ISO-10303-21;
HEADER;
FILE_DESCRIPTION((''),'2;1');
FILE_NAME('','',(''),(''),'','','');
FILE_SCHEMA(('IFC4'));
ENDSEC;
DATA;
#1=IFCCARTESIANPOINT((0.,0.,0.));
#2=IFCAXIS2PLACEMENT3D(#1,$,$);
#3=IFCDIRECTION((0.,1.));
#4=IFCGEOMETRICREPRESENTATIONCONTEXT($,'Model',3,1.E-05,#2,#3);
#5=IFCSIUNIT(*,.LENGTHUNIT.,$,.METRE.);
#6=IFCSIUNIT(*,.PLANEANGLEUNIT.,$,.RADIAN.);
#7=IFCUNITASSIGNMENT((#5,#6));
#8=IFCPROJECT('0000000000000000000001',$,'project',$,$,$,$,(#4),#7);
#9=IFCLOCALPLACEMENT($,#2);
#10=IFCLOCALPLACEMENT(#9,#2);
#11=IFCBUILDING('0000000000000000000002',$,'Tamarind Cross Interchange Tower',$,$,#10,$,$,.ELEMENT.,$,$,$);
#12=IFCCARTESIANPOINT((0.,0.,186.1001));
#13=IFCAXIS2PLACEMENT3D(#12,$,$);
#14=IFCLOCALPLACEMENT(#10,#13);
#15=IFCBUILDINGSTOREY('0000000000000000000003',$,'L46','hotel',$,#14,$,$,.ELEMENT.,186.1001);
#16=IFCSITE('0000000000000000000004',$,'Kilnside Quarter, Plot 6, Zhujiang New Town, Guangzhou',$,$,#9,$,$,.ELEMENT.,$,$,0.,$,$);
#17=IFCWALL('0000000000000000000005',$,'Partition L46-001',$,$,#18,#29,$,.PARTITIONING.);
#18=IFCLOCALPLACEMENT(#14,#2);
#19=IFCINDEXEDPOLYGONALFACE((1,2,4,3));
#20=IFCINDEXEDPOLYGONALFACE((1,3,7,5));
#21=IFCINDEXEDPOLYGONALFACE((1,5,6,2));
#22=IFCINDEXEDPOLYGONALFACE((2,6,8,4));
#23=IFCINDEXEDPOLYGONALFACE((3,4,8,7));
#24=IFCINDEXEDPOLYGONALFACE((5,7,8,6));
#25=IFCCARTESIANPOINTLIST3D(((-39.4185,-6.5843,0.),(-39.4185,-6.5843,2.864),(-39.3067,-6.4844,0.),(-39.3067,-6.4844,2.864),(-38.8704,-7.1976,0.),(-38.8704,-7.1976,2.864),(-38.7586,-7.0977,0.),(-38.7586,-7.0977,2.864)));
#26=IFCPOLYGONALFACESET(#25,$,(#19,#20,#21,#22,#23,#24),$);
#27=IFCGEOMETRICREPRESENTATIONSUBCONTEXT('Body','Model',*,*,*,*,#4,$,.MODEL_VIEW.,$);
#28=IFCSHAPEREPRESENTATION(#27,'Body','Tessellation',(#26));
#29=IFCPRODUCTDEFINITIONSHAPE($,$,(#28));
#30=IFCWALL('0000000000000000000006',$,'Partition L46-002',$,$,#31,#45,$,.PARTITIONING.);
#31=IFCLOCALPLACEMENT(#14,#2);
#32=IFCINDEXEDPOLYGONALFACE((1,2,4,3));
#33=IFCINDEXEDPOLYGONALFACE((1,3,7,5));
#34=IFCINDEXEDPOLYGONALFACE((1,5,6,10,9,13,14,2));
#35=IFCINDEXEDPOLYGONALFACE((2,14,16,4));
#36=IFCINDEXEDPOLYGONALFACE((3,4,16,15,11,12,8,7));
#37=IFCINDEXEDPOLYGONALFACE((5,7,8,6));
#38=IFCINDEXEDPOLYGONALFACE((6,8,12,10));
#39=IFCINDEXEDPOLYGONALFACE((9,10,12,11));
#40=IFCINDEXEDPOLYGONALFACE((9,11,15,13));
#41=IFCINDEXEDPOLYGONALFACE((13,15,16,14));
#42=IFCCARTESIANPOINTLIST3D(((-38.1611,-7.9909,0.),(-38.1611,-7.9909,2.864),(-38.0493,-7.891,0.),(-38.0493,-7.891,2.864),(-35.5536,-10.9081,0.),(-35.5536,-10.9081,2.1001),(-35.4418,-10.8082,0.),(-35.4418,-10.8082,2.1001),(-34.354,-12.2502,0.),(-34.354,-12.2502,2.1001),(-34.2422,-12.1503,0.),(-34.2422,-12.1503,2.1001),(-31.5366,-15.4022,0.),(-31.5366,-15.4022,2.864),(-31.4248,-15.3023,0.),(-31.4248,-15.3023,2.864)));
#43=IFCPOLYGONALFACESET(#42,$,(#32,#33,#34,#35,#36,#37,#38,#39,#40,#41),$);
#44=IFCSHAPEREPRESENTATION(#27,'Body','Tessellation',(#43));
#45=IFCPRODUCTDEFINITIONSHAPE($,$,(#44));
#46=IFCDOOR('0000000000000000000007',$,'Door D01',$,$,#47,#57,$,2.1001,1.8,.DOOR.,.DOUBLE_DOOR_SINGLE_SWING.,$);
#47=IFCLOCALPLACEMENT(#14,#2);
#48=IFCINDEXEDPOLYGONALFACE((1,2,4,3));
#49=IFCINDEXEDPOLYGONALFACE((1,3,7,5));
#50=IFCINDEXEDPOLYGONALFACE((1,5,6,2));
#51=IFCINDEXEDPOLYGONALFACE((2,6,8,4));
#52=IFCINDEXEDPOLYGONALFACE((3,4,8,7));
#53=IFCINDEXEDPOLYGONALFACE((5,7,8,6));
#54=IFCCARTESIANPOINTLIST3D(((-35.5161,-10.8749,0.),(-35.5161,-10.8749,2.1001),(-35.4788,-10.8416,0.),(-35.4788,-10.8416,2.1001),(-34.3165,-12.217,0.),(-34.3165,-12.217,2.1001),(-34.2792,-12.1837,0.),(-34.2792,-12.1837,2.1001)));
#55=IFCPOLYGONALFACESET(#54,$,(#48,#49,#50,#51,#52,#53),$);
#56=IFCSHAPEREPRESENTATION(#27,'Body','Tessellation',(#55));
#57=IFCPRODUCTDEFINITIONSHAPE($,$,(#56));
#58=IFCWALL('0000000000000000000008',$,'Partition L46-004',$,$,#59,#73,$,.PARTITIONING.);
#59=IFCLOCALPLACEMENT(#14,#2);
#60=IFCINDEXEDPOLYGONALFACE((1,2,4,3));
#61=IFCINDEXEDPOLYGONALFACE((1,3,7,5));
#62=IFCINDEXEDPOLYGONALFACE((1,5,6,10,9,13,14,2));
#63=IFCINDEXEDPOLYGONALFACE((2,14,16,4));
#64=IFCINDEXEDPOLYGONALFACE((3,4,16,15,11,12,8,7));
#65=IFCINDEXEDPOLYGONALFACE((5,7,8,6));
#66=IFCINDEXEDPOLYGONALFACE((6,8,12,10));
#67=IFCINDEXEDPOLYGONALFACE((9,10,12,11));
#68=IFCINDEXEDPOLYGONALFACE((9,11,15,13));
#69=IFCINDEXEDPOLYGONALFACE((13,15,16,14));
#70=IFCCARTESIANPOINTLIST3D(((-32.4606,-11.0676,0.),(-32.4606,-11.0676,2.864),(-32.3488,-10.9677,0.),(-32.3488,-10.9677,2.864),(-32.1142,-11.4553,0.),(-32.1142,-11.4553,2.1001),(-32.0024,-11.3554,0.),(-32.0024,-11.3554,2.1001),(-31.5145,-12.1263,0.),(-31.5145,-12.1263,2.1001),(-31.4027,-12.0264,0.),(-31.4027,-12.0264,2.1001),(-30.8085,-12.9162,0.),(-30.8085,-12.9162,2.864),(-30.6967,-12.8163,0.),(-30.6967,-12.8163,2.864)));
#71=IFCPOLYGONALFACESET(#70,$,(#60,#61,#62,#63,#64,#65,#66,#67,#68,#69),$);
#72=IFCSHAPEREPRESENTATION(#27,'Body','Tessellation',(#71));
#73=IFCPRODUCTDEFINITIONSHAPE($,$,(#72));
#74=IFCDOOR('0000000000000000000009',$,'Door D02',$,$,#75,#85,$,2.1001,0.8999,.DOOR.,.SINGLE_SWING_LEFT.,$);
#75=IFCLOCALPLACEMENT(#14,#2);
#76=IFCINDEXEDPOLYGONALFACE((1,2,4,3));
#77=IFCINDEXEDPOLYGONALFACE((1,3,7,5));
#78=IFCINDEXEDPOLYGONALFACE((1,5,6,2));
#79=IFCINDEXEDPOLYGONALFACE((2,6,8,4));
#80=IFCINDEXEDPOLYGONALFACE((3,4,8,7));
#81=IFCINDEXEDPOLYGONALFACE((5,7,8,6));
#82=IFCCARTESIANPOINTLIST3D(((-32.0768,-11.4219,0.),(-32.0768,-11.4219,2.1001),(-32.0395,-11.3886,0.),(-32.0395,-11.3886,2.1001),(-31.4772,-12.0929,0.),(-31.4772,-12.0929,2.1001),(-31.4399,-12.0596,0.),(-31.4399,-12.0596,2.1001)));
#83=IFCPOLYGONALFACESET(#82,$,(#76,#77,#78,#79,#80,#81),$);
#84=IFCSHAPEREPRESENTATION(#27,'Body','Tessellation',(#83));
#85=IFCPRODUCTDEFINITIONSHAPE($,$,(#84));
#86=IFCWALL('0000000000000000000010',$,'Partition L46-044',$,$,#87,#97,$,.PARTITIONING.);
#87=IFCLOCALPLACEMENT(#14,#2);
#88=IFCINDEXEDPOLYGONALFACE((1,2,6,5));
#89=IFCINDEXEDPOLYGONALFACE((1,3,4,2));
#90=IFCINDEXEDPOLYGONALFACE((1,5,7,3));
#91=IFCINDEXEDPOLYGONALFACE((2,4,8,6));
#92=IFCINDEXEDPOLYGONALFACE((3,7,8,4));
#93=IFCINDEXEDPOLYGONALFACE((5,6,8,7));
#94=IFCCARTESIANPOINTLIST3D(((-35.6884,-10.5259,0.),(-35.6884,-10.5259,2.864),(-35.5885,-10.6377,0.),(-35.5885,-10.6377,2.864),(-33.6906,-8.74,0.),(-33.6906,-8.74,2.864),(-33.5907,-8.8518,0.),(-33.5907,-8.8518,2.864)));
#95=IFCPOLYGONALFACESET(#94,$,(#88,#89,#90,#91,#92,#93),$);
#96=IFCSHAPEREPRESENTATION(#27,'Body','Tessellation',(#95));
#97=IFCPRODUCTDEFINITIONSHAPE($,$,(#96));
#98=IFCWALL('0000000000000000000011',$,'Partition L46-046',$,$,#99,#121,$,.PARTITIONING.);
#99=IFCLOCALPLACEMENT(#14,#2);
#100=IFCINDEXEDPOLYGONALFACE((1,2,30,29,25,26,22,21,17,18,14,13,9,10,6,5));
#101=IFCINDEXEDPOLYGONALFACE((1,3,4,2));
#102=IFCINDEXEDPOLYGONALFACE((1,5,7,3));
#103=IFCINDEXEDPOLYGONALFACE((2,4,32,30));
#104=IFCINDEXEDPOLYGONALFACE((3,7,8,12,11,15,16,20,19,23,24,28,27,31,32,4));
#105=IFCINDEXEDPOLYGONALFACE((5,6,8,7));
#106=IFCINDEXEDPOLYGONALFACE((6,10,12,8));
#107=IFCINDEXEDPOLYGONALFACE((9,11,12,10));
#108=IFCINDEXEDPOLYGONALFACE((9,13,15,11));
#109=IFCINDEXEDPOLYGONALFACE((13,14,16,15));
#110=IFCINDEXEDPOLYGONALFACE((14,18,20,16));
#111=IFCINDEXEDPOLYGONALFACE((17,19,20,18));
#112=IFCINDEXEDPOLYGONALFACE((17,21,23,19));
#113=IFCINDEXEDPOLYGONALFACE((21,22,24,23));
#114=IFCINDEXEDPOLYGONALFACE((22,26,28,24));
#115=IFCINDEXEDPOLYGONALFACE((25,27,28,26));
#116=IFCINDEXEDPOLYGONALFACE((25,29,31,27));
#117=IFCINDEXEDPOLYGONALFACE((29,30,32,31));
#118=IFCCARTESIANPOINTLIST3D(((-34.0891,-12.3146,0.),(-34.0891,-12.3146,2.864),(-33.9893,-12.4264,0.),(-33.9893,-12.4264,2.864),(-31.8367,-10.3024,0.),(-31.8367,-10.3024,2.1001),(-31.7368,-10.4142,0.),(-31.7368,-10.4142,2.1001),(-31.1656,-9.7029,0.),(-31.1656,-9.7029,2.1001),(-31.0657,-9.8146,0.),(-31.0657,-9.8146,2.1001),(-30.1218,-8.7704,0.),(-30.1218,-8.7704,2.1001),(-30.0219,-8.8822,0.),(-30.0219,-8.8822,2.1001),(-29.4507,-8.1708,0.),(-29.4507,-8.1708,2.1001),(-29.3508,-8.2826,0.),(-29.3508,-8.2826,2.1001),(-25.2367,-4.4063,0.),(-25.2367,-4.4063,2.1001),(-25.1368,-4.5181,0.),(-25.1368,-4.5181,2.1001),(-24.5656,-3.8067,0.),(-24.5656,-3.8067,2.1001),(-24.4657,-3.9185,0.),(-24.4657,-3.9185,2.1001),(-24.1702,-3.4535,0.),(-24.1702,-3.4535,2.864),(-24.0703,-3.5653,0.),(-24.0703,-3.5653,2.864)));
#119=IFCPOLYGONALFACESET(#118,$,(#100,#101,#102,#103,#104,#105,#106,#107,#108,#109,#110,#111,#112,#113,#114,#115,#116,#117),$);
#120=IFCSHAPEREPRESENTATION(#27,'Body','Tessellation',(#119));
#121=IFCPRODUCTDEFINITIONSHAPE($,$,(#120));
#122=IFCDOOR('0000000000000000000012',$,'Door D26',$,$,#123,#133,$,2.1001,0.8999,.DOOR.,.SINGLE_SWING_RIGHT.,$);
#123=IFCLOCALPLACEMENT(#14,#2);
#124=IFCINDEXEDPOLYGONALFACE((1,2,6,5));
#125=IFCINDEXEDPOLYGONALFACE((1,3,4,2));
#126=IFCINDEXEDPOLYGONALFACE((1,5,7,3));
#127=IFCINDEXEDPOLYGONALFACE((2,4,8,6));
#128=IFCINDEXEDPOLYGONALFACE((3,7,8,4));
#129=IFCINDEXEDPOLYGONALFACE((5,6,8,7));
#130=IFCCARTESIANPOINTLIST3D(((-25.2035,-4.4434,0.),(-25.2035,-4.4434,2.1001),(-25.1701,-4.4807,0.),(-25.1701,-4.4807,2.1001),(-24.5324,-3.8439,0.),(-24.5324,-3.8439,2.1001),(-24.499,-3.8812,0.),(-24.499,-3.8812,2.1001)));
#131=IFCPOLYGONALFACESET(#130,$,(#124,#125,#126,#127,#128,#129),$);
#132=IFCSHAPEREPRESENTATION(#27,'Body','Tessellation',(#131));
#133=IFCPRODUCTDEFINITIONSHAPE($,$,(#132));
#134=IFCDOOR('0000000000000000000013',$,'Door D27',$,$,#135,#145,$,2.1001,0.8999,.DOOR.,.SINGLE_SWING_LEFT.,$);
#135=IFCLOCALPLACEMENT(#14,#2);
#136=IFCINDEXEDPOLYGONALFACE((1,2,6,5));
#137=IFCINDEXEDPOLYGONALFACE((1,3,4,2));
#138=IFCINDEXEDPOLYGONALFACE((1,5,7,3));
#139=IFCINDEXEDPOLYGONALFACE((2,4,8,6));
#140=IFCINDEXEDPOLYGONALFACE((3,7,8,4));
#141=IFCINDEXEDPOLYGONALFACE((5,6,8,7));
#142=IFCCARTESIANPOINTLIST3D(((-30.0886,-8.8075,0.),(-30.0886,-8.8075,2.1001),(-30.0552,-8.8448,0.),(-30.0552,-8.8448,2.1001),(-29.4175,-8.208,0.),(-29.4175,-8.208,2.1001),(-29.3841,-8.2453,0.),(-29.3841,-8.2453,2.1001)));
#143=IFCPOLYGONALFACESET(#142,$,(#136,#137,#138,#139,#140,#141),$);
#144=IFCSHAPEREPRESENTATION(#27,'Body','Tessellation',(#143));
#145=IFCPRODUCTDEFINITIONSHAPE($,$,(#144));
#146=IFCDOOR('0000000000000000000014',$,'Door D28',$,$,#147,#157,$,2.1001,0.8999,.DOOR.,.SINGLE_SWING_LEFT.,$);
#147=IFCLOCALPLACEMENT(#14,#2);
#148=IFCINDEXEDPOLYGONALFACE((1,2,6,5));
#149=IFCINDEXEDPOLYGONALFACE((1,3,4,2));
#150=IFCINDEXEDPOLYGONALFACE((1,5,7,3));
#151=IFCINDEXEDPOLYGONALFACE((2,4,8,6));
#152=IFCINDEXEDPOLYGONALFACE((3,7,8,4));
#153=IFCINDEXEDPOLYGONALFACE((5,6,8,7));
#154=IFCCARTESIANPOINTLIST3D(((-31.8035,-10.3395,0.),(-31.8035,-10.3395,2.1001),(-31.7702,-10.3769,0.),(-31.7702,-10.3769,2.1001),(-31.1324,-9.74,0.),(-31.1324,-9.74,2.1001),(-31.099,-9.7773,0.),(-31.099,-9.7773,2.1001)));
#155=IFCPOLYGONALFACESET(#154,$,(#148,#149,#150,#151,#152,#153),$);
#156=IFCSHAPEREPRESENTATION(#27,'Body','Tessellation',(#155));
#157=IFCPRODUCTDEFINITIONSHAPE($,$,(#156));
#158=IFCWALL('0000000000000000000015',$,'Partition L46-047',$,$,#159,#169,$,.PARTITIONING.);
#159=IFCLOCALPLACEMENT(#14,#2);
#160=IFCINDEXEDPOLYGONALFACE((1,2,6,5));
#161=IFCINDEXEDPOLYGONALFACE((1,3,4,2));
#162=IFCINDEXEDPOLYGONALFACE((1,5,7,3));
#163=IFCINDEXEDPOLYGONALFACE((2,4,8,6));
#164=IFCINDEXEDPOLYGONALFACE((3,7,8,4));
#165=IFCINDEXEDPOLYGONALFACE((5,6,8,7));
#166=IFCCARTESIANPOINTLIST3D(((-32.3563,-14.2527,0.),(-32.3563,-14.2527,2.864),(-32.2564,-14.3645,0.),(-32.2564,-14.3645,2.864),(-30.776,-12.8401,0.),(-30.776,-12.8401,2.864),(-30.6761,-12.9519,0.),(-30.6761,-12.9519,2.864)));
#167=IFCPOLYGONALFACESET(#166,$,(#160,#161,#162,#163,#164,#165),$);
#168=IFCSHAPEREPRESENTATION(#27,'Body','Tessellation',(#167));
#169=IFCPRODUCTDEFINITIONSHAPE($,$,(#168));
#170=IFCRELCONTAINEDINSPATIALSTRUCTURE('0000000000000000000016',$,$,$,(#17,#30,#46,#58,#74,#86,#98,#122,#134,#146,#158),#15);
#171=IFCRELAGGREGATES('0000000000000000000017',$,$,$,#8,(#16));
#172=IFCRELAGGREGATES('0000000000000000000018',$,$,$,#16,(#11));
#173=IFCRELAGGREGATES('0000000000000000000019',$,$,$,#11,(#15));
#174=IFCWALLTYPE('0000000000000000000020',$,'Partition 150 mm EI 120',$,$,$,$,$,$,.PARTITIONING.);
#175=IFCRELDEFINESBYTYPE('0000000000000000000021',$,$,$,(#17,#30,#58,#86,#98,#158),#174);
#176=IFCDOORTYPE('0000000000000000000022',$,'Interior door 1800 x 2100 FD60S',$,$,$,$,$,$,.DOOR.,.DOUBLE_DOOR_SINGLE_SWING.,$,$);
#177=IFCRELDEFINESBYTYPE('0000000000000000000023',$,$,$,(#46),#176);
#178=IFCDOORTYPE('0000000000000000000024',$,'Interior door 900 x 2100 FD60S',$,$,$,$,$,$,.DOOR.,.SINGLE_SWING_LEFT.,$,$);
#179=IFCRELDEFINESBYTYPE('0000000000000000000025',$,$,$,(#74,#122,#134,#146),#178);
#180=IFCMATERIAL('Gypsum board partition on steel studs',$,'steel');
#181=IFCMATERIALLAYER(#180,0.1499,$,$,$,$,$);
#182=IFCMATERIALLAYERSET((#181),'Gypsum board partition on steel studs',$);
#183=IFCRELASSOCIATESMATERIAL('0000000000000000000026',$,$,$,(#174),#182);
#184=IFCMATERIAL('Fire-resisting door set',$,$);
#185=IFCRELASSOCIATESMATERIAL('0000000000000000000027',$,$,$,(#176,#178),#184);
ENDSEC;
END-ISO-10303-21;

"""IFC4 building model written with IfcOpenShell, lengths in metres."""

from ifc_helpers import new_model, si_unit, direction, frame, frame_2d, origin, place, context, subcontext, project, spatial, rectangle, extrude, material, layer, layer_set, type_object, element, fill, save


model = new_model("IFC4")

# Units and contexts
model_context = context("Model", 3, precision=1e-05, world=origin(), true_north=direction((0.0, 1.0)))
body_context = subcontext(model_context, "Body", "Model", "MODEL_VIEW")
ifc_project = project(units=[si_unit("LENGTHUNIT", "METRE"), si_unit("PLANEANGLEUNIT", "RADIAN")], contexts=[model_context])

# Site, building, storey
site_placement = place(None, origin())
site = spatial("IfcSite", under=ifc_project, at=site_placement, Name="Kilnside Quarter, Plot 6, Zhujiang New Town, Guangzhou", CompositionType="ELEMENT", RefElevation=0.0)
building_placement = place(site_placement, origin())
building = spatial("IfcBuilding", under=site, at=building_placement, Name="Tamarind Cross Interchange Tower", CompositionType="ELEMENT")
storey_placement = place(building_placement, frame((0.0, 0.0, 186.1001)))
storey = spatial("IfcBuildingStorey", under=building, at=storey_placement, Name="L46", Description="hotel", CompositionType="ELEMENT", Elevation=186.1001)

# Wall
ifc_material_1 = material(Name="Gypsum board partition on steel studs", Category="steel")
ifc_layer_1 = layer(ifc_material_1, 0.1499)
ifc_layer_set_1 = layer_set([ifc_layer_1], Name="Gypsum board partition on steel studs")
wall_type = type_object("IfcWallType", Name="Partition 150 mm EI 120", PredefinedType="PARTITIONING", material=ifc_layer_set_1)
wall_1_placement = place(storey_placement, frame((-39.3625, -6.5344, 0.0), z_axis=(0.0, 0.0, 1.0), x_axis=(0.66637, -0.745622, 0.0)))
element("IfcWall", 1, at=wall_1_placement, inside=storey, type_object=wall_type, Name="Partition L46-001", PredefinedType="PARTITIONING", context=body_context, shape_type="SweptSolid", body=[
    extrude(rectangle(XDim=0.8225, YDim=0.1499, at=frame_2d((0.4111, 0.0))), origin(), (0.0, 0.0, 1.0), 2.864),
])

# Walls, openings, doors
wall_2_placement = place(storey_placement, frame((-38.1052, -7.9409, 0.0), z_axis=(0.0, 0.0, 1.0), x_axis=(0.666419, -0.745577, 0.0)))
wall_2 = element("IfcWall", 2, at=wall_2_placement, inside=storey, type_object=wall_type, Name="Partition L46-002", PredefinedType="PARTITIONING", context=body_context, shape_type="SweptSolid", body=[
    extrude(rectangle(XDim=9.9404, YDim=0.1499, at=frame_2d((4.9702, 0.0))), origin(), (0.0, 0.0, 1.0), 2.864),
])
opening_1_placement = place(wall_2_placement, frame((3.9128, 0.0, 0.0)))
opening_1 = element("IfcOpeningElement", 3, at=opening_1_placement, cuts=wall_2, PredefinedType="OPENING", context=body_context, shape_type="SweptSolid", body=[
    extrude(rectangle(XDim=1.8, YDim=2.1001, at=frame_2d((0.8999, 1.05))), frame((0.0, 0.085, 0.0), z_axis=(0.0, -1.0, 0.0), x_axis=(1.0, 0.0, 0.0)), (0.0, 0.0, 1.0), 0.1699),
])
ifc_material_2 = material(Name="Fire-resisting door set")
door_type_1 = type_object("IfcDoorType", Name="Interior door 1800 x 2100 FD60S", OperationType="DOUBLE_DOOR_SINGLE_SWING", PredefinedType="DOOR", material=ifc_material_2)
door_1_placement = place(opening_1_placement, frame((1.8, 0.0, 0.0), z_axis=(0.0, 0.0, 1.0), x_axis=(-1.0, 0.0, 0.0)))
door_1 = element("IfcDoor", 4, at=door_1_placement, inside=storey, type_object=door_type_1, Name="Door D01", OperationType="DOUBLE_DOOR_SINGLE_SWING", OverallHeight=2.1001, OverallWidth=1.8, PredefinedType="DOOR", context=body_context, shape_type="SweptSolid", body=[
    extrude(rectangle(XDim=1.8, YDim=2.1001, at=frame_2d((0.8999, 1.05))), frame((0.0, 0.0249, 0.0), z_axis=(0.0, -1.0, 0.0), x_axis=(1.0, 0.0, 0.0)), (0.0, 0.0, 1.0), 0.05),
])
fill(opening_1, door_1)
wall_3_placement = place(storey_placement, frame((-32.4048, -11.0176, 0.0), z_axis=(0.0, 0.0, 1.0), x_axis=(0.66636, -0.74563, 0.0)))
wall_3 = element("IfcWall", 5, at=wall_3_placement, inside=storey, type_object=wall_type, Name="Partition L46-004", PredefinedType="PARTITIONING", context=body_context, shape_type="SweptSolid", body=[
    extrude(rectangle(XDim=2.4792, YDim=0.1499, at=frame_2d((1.2397, 0.0))), origin(), (0.0, 0.0, 1.0), 2.864),
])
opening_2_placement = place(wall_3_placement, frame((0.52, 0.0, 0.0)))
opening_2 = element("IfcOpeningElement", 6, at=opening_2_placement, cuts=wall_3, PredefinedType="OPENING", context=body_context, shape_type="SweptSolid", body=[
    extrude(rectangle(XDim=0.8999, YDim=2.1001, at=frame_2d((0.45, 1.05))), frame((0.0, 0.085, 0.0), z_axis=(0.0, -1.0, 0.0), x_axis=(1.0, 0.0, 0.0)), (0.0, 0.0, 1.0), 0.1699),
])
door_type_2 = type_object("IfcDoorType", Name="Interior door 900 x 2100 FD60S", OperationType="SINGLE_SWING_LEFT", PredefinedType="DOOR", material=ifc_material_2)
door_2_placement = place(opening_2_placement, frame((0.8999, 0.0, 0.0), z_axis=(0.0, 0.0, 1.0), x_axis=(-1.0, 0.0, 0.0)))
door_2 = element("IfcDoor", 7, at=door_2_placement, inside=storey, type_object=door_type_2, Name="Door D02", OperationType="SINGLE_SWING_LEFT", OverallHeight=2.1001, OverallWidth=0.8999, PredefinedType="DOOR", context=body_context, shape_type="SweptSolid", body=[
    extrude(rectangle(XDim=0.8999, YDim=2.1001, at=frame_2d((0.45, 1.05))), frame((0.0, 0.0249, 0.0), z_axis=(0.0, -1.0, 0.0), x_axis=(1.0, 0.0, 0.0)), (0.0, 0.0, 1.0), 0.05),
])
fill(opening_2, door_2)

# Wall
wall_4_placement = place(storey_placement, frame((-35.6384, -10.5818, 0.0), z_axis=(0.0, 0.0, 1.0), x_axis=(0.745541, 0.666459, 0.0)))
element("IfcWall", 8, at=wall_4_placement, inside=storey, type_object=wall_type, Name="Partition L46-044", PredefinedType="PARTITIONING", context=body_context, shape_type="SweptSolid", body=[
    extrude(rectangle(XDim=2.6797, YDim=0.1499, at=frame_2d((1.3398, 0.0))), origin(), (0.0, 0.0, 1.0), 2.864),
])

# Wall, openings, doors
wall_5_placement = place(storey_placement, frame((-34.0393, -12.3706, 0.0), z_axis=(0.0, 0.0, 1.0), x_axis=(0.745755, 0.66622, 0.0)))
wall_5 = element("IfcWall", 9, at=wall_5_placement, inside=storey, type_object=wall_type, Name="Partition L46-046", PredefinedType="PARTITIONING", context=body_context, shape_type="SweptSolid", body=[
    extrude(rectangle(XDim=13.3005, YDim=0.1499, at=frame_2d((6.6504, 0.0))), origin(), (0.0, 0.0, 1.0), 2.864),
])
opening_3_placement = place(wall_5_placement, frame((11.8706, 0.0, 0.0)))
opening_3 = element("IfcOpeningElement", 10, at=opening_3_placement, cuts=wall_5, PredefinedType="OPENING", context=body_context, shape_type="SweptSolid", body=[
    extrude(rectangle(XDim=0.8999, YDim=2.1001, at=frame_2d((0.45, 1.05))), frame((0.0, 0.085, 0.0), z_axis=(0.0, -1.0, 0.0), x_axis=(1.0, 0.0, 0.0)), (0.0, 0.0, 1.0), 0.1699),
])
opening_4_placement = place(wall_5_placement, frame((5.3201, 0.0, 0.0)))
opening_4 = element("IfcOpeningElement", 11, at=opening_4_placement, cuts=wall_5, PredefinedType="OPENING", context=body_context, shape_type="SweptSolid", body=[
    extrude(rectangle(XDim=0.8999, YDim=2.1001, at=frame_2d((0.45, 1.05))), frame((0.0, 0.085, 0.0), z_axis=(0.0, -1.0, 0.0), x_axis=(1.0, 0.0, 0.0)), (0.0, 0.0, 1.0), 0.1699),
])
opening_5_placement = place(wall_5_placement, frame((3.0205, 0.0, 0.0)))
opening_5 = element("IfcOpeningElement", 12, at=opening_5_placement, cuts=wall_5, PredefinedType="OPENING", context=body_context, shape_type="SweptSolid", body=[
    extrude(rectangle(XDim=0.8999, YDim=2.1001, at=frame_2d((0.45, 1.05))), frame((0.0, 0.085, 0.0), z_axis=(0.0, -1.0, 0.0), x_axis=(1.0, 0.0, 0.0)), (0.0, 0.0, 1.0), 0.1699),
])
door_3_placement = place(opening_3_placement, frame((0.8999, 0.0, 0.0), z_axis=(0.0, 0.0, 1.0), x_axis=(-1.0, 0.0, 0.0)))
door_3 = element("IfcDoor", 13, at=door_3_placement, inside=storey, type_object=door_type_2, Name="Door D26", OperationType="SINGLE_SWING_RIGHT", OverallHeight=2.1001, OverallWidth=0.8999, PredefinedType="DOOR", context=body_context, shape_type="SweptSolid", body=[
    extrude(rectangle(XDim=0.8999, YDim=2.1001, at=frame_2d((0.45, 1.05))), frame((0.0, 0.0249, 0.0), z_axis=(0.0, -1.0, 0.0), x_axis=(1.0, 0.0, 0.0)), (0.0, 0.0, 1.0), 0.05),
])
fill(opening_3, door_3)
door_4_placement = place(opening_4_placement, frame((0.8999, 0.0, 0.0), z_axis=(0.0, 0.0, 1.0), x_axis=(-1.0, 0.0, 0.0)))
door_4 = element("IfcDoor", 14, at=door_4_placement, inside=storey, type_object=door_type_2, Name="Door D27", OperationType="SINGLE_SWING_LEFT", OverallHeight=2.1001, OverallWidth=0.8999, PredefinedType="DOOR", context=body_context, shape_type="SweptSolid", body=[
    extrude(rectangle(XDim=0.8999, YDim=2.1001, at=frame_2d((0.45, 1.05))), frame((0.0, 0.0249, 0.0), z_axis=(0.0, -1.0, 0.0), x_axis=(1.0, 0.0, 0.0)), (0.0, 0.0, 1.0), 0.05),
])
fill(opening_4, door_4)
door_5_placement = place(opening_5_placement, frame((0.8999, 0.0, 0.0), z_axis=(0.0, 0.0, 1.0), x_axis=(-1.0, 0.0, 0.0)))
door_5 = element("IfcDoor", 15, at=door_5_placement, inside=storey, type_object=door_type_2, Name="Door D28", OperationType="SINGLE_SWING_LEFT", OverallHeight=2.1001, OverallWidth=0.8999, PredefinedType="DOOR", context=body_context, shape_type="SweptSolid", body=[
    extrude(rectangle(XDim=0.8999, YDim=2.1001, at=frame_2d((0.45, 1.05))), frame((0.0, 0.0249, 0.0), z_axis=(0.0, -1.0, 0.0), x_axis=(1.0, 0.0, 0.0)), (0.0, 0.0, 1.0), 0.05),
])
fill(opening_5, door_5)

# Wall
wall_6_placement = place(storey_placement, frame((-32.3064, -14.3086, 0.0), z_axis=(0.0, 0.0, 1.0), x_axis=(0.745564, 0.666435, 0.0)))
element("IfcWall", 16, at=wall_6_placement, inside=storey, type_object=wall_type, Name="Partition L46-047", PredefinedType="PARTITIONING", context=body_context, shape_type="SweptSolid", body=[
    extrude(rectangle(XDim=2.1196, YDim=0.1499, at=frame_2d((1.0598, 0.0))), origin(), (0.0, 0.0, 1.0), 2.864),
])

save(model, "model.ifc")
